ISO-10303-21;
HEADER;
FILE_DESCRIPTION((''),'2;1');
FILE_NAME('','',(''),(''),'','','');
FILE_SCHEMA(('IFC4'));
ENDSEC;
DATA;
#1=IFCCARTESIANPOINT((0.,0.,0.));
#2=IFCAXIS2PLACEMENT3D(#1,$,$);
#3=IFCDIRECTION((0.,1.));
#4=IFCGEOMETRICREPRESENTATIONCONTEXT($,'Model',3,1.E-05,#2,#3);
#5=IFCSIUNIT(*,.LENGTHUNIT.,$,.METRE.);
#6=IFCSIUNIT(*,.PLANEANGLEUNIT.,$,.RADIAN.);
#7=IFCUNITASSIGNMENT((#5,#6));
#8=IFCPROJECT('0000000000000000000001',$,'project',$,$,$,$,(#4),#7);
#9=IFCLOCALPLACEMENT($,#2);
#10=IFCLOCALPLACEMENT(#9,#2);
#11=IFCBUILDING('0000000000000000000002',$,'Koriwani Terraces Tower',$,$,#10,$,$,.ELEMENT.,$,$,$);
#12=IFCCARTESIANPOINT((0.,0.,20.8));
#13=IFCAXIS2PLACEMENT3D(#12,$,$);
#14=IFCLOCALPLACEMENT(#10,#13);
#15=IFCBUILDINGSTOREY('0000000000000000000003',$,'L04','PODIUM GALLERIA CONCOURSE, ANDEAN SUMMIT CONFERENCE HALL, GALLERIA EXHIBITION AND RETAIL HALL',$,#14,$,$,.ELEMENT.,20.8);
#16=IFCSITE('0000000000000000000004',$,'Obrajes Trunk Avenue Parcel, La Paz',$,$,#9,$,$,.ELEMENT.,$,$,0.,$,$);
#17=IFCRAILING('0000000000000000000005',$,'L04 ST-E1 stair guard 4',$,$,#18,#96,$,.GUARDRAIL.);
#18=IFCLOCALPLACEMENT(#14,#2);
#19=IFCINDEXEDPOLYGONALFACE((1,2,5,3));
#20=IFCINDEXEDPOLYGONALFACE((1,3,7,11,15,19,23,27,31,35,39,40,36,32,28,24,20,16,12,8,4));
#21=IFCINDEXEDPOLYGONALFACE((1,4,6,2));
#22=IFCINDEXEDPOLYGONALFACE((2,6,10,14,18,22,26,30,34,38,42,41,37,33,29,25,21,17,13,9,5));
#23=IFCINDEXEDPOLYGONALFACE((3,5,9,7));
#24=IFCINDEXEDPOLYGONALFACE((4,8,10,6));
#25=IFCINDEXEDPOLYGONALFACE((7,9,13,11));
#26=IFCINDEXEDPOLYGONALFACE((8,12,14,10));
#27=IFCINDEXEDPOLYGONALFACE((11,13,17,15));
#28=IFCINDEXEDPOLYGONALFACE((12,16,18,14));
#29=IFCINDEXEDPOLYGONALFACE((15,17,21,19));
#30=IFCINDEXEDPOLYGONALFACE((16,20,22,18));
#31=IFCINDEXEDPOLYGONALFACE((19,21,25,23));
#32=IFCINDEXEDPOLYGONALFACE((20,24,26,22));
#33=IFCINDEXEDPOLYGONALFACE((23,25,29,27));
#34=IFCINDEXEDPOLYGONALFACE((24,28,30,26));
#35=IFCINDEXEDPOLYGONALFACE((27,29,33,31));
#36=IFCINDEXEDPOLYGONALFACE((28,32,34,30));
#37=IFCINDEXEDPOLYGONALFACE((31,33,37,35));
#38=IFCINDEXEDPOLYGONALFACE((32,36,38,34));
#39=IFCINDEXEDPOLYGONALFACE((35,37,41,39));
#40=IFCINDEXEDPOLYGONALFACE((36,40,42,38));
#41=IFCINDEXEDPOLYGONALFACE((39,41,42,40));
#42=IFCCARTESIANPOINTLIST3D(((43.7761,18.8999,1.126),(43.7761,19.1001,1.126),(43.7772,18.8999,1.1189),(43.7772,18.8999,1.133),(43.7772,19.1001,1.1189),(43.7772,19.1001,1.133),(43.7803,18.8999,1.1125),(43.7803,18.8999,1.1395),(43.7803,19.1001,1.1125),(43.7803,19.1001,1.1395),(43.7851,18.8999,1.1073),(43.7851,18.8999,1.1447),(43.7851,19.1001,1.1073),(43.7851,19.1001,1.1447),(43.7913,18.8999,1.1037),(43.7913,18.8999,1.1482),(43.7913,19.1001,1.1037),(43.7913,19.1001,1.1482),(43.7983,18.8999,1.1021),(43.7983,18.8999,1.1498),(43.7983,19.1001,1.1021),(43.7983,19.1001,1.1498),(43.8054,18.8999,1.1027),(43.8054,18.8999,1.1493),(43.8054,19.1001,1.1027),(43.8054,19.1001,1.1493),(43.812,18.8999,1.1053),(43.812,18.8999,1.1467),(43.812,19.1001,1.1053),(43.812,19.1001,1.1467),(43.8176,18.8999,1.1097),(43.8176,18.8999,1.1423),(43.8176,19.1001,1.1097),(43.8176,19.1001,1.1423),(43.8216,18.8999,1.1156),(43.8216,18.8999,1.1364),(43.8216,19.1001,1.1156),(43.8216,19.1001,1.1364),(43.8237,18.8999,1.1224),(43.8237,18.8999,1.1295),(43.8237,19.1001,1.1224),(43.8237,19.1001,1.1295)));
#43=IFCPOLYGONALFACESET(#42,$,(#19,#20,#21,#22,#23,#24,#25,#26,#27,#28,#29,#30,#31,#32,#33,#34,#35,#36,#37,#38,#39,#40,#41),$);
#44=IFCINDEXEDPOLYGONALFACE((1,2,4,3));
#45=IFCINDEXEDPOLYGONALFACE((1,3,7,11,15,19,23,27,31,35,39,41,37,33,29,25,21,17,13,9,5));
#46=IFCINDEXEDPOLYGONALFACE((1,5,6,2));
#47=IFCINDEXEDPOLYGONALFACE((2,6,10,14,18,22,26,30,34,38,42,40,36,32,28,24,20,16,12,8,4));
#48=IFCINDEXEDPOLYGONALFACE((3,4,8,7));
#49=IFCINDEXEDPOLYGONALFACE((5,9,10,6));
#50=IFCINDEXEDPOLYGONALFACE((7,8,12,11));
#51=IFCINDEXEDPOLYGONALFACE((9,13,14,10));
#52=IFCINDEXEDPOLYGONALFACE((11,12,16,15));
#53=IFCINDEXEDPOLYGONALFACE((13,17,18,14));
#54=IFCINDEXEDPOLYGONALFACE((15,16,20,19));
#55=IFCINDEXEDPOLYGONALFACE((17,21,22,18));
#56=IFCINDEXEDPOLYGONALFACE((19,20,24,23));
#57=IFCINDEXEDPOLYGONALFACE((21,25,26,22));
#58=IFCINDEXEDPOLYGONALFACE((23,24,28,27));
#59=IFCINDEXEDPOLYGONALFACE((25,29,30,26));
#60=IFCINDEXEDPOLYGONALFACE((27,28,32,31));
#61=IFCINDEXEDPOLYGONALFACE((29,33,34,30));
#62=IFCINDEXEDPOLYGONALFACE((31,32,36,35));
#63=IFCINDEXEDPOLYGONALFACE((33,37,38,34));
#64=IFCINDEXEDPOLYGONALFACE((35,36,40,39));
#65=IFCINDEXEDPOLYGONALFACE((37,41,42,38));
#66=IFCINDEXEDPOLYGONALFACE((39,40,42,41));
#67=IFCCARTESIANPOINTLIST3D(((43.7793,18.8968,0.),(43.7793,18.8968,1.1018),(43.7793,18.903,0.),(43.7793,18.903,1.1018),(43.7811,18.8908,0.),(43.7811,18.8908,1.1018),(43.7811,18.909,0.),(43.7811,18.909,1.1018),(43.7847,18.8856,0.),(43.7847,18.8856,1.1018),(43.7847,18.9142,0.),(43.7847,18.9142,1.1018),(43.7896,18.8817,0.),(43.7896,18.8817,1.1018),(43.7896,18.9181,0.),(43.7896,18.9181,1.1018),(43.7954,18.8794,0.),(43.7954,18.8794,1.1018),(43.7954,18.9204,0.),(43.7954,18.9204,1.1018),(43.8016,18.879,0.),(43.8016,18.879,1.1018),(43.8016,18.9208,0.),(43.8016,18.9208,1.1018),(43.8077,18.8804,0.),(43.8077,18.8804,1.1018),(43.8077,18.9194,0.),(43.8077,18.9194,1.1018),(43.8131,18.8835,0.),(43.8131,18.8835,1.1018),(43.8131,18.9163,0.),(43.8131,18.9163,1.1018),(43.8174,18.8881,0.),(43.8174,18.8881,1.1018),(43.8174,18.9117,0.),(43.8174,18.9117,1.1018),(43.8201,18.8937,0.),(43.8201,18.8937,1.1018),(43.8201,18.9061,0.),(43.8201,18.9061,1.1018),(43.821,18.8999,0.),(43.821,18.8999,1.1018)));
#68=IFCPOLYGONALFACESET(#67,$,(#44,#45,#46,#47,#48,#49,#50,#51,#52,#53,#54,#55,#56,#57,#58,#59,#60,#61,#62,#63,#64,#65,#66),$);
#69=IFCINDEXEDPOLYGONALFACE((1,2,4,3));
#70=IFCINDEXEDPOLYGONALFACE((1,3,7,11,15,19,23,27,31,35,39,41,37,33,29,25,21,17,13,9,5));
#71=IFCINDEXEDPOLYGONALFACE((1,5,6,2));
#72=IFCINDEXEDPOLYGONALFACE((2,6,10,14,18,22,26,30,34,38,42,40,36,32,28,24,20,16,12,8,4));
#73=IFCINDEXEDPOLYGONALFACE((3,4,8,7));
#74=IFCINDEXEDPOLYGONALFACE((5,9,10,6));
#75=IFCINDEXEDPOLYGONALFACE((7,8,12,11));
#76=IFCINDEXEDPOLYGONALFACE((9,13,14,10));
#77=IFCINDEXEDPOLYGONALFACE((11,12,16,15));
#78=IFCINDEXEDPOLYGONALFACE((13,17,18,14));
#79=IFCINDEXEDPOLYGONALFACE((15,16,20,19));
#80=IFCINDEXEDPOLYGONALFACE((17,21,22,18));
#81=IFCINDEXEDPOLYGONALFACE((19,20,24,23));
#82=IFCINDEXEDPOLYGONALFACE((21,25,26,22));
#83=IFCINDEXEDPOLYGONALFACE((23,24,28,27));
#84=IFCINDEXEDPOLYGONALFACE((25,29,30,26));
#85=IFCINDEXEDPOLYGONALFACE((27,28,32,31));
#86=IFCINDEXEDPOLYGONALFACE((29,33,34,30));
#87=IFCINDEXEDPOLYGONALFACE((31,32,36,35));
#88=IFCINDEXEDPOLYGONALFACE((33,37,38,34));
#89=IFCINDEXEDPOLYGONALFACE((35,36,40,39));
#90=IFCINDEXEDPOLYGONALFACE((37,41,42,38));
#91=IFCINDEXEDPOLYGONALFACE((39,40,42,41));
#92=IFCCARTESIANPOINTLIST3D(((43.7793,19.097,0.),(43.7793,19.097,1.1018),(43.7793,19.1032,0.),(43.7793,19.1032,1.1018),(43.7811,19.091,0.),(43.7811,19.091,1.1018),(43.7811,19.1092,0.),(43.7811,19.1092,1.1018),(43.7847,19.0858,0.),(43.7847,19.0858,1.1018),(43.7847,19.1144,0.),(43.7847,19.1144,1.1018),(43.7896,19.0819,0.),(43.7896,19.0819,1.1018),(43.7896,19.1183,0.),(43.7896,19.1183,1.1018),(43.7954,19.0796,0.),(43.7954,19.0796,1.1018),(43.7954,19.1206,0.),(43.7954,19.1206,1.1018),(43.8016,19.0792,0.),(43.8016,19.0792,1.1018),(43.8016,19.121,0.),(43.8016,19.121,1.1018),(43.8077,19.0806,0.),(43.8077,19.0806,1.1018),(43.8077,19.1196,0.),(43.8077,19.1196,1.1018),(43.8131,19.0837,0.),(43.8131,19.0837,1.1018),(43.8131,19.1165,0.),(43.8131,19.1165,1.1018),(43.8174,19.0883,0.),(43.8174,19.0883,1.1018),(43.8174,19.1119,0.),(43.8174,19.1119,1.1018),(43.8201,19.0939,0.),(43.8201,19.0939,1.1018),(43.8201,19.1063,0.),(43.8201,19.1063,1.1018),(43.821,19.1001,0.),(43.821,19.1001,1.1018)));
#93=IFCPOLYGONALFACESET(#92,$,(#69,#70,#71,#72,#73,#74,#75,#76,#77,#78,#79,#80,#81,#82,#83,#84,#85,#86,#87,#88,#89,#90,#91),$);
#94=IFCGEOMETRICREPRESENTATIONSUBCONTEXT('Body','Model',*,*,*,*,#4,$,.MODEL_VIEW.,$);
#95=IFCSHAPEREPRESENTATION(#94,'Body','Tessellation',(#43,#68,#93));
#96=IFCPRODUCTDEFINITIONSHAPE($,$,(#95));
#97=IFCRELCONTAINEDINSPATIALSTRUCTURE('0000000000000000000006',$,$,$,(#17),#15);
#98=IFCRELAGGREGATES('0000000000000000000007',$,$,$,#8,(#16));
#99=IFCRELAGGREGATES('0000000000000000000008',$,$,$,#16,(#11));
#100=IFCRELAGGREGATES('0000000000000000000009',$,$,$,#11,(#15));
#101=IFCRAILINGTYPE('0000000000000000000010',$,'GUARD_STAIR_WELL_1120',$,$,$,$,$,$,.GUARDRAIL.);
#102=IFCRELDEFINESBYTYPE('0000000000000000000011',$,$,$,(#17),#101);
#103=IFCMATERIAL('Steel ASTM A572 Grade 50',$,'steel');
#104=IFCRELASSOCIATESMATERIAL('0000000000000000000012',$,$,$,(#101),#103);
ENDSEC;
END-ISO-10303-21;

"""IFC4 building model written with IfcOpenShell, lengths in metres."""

from ifc_helpers import new_model, si_unit, direction, frame, origin, origin_2d, place, context, subcontext, project, spatial, circle, extrude, material, type_object, element, save


model = new_model("IFC4")

# Units and contexts
model_context = context("Model", 3, precision=1e-05, world=origin(), true_north=direction((0.0, 1.0)))
body_context = subcontext(model_context, "Body", "Model", "MODEL_VIEW")
ifc_project = project(units=[si_unit("LENGTHUNIT", "METRE"), si_unit("PLANEANGLEUNIT", "RADIAN")], contexts=[model_context])

# Site, building, storey
site_placement = place(None, origin())
site = spatial("IfcSite", under=ifc_project, at=site_placement, Name="Obrajes Trunk Avenue Parcel, La Paz", CompositionType="ELEMENT", RefElevation=0.0)
building_placement = place(site_placement, origin())
building = spatial("IfcBuilding", under=site, at=building_placement, Name="Koriwani Terraces Tower", CompositionType="ELEMENT")
storey_placement = place(building_placement, frame((0.0, 0.0, 20.8)))
storey = spatial("IfcBuildingStorey", under=building, at=storey_placement, Name="L04", Description="PODIUM GALLERIA CONCOURSE, ANDEAN SUMMIT CONFERENCE HALL, GALLERIA EXHIBITION AND RETAIL HALL", CompositionType="ELEMENT", Elevation=20.8)

# Shared definitions
ifc_material_1 = material(Name="Steel ASTM A572 Grade 50", Category="steel")

# Railing
railing_type_1 = type_object("IfcRailingType", Name="GUARD_STAIR_WELL_1120", PredefinedType="GUARDRAIL", material=ifc_material_1)
railing_1_placement = place(storey_placement, frame((43.8, 18.8999, 0.0)))
element("IfcRailing", 1, at=railing_1_placement, inside=storey, type_object=railing_type_1, Name="L04 ST-E1 stair guard 4", PredefinedType="GUARDRAIL", context=body_context, shape_type="SweptSolid", body=[
    extrude(circle(Radius=0.0239, at=origin_2d()), frame((0.0, 0.0, 1.126), z_axis=(0.0, 1.0, 0.0), x_axis=(-1.0, 0.0, 0.0)), (0.0, 0.0, 1.0), 0.2002),
    extrude(circle(Radius=0.021, at=origin_2d()), origin(), (0.0, 0.0, 1.0), 1.1018),
    extrude(circle(Radius=0.021, at=origin_2d()), frame((0.0, 0.2002, 0.0)), (0.0, 0.0, 1.0), 1.1018),
])

save(model, "model.ifc")
